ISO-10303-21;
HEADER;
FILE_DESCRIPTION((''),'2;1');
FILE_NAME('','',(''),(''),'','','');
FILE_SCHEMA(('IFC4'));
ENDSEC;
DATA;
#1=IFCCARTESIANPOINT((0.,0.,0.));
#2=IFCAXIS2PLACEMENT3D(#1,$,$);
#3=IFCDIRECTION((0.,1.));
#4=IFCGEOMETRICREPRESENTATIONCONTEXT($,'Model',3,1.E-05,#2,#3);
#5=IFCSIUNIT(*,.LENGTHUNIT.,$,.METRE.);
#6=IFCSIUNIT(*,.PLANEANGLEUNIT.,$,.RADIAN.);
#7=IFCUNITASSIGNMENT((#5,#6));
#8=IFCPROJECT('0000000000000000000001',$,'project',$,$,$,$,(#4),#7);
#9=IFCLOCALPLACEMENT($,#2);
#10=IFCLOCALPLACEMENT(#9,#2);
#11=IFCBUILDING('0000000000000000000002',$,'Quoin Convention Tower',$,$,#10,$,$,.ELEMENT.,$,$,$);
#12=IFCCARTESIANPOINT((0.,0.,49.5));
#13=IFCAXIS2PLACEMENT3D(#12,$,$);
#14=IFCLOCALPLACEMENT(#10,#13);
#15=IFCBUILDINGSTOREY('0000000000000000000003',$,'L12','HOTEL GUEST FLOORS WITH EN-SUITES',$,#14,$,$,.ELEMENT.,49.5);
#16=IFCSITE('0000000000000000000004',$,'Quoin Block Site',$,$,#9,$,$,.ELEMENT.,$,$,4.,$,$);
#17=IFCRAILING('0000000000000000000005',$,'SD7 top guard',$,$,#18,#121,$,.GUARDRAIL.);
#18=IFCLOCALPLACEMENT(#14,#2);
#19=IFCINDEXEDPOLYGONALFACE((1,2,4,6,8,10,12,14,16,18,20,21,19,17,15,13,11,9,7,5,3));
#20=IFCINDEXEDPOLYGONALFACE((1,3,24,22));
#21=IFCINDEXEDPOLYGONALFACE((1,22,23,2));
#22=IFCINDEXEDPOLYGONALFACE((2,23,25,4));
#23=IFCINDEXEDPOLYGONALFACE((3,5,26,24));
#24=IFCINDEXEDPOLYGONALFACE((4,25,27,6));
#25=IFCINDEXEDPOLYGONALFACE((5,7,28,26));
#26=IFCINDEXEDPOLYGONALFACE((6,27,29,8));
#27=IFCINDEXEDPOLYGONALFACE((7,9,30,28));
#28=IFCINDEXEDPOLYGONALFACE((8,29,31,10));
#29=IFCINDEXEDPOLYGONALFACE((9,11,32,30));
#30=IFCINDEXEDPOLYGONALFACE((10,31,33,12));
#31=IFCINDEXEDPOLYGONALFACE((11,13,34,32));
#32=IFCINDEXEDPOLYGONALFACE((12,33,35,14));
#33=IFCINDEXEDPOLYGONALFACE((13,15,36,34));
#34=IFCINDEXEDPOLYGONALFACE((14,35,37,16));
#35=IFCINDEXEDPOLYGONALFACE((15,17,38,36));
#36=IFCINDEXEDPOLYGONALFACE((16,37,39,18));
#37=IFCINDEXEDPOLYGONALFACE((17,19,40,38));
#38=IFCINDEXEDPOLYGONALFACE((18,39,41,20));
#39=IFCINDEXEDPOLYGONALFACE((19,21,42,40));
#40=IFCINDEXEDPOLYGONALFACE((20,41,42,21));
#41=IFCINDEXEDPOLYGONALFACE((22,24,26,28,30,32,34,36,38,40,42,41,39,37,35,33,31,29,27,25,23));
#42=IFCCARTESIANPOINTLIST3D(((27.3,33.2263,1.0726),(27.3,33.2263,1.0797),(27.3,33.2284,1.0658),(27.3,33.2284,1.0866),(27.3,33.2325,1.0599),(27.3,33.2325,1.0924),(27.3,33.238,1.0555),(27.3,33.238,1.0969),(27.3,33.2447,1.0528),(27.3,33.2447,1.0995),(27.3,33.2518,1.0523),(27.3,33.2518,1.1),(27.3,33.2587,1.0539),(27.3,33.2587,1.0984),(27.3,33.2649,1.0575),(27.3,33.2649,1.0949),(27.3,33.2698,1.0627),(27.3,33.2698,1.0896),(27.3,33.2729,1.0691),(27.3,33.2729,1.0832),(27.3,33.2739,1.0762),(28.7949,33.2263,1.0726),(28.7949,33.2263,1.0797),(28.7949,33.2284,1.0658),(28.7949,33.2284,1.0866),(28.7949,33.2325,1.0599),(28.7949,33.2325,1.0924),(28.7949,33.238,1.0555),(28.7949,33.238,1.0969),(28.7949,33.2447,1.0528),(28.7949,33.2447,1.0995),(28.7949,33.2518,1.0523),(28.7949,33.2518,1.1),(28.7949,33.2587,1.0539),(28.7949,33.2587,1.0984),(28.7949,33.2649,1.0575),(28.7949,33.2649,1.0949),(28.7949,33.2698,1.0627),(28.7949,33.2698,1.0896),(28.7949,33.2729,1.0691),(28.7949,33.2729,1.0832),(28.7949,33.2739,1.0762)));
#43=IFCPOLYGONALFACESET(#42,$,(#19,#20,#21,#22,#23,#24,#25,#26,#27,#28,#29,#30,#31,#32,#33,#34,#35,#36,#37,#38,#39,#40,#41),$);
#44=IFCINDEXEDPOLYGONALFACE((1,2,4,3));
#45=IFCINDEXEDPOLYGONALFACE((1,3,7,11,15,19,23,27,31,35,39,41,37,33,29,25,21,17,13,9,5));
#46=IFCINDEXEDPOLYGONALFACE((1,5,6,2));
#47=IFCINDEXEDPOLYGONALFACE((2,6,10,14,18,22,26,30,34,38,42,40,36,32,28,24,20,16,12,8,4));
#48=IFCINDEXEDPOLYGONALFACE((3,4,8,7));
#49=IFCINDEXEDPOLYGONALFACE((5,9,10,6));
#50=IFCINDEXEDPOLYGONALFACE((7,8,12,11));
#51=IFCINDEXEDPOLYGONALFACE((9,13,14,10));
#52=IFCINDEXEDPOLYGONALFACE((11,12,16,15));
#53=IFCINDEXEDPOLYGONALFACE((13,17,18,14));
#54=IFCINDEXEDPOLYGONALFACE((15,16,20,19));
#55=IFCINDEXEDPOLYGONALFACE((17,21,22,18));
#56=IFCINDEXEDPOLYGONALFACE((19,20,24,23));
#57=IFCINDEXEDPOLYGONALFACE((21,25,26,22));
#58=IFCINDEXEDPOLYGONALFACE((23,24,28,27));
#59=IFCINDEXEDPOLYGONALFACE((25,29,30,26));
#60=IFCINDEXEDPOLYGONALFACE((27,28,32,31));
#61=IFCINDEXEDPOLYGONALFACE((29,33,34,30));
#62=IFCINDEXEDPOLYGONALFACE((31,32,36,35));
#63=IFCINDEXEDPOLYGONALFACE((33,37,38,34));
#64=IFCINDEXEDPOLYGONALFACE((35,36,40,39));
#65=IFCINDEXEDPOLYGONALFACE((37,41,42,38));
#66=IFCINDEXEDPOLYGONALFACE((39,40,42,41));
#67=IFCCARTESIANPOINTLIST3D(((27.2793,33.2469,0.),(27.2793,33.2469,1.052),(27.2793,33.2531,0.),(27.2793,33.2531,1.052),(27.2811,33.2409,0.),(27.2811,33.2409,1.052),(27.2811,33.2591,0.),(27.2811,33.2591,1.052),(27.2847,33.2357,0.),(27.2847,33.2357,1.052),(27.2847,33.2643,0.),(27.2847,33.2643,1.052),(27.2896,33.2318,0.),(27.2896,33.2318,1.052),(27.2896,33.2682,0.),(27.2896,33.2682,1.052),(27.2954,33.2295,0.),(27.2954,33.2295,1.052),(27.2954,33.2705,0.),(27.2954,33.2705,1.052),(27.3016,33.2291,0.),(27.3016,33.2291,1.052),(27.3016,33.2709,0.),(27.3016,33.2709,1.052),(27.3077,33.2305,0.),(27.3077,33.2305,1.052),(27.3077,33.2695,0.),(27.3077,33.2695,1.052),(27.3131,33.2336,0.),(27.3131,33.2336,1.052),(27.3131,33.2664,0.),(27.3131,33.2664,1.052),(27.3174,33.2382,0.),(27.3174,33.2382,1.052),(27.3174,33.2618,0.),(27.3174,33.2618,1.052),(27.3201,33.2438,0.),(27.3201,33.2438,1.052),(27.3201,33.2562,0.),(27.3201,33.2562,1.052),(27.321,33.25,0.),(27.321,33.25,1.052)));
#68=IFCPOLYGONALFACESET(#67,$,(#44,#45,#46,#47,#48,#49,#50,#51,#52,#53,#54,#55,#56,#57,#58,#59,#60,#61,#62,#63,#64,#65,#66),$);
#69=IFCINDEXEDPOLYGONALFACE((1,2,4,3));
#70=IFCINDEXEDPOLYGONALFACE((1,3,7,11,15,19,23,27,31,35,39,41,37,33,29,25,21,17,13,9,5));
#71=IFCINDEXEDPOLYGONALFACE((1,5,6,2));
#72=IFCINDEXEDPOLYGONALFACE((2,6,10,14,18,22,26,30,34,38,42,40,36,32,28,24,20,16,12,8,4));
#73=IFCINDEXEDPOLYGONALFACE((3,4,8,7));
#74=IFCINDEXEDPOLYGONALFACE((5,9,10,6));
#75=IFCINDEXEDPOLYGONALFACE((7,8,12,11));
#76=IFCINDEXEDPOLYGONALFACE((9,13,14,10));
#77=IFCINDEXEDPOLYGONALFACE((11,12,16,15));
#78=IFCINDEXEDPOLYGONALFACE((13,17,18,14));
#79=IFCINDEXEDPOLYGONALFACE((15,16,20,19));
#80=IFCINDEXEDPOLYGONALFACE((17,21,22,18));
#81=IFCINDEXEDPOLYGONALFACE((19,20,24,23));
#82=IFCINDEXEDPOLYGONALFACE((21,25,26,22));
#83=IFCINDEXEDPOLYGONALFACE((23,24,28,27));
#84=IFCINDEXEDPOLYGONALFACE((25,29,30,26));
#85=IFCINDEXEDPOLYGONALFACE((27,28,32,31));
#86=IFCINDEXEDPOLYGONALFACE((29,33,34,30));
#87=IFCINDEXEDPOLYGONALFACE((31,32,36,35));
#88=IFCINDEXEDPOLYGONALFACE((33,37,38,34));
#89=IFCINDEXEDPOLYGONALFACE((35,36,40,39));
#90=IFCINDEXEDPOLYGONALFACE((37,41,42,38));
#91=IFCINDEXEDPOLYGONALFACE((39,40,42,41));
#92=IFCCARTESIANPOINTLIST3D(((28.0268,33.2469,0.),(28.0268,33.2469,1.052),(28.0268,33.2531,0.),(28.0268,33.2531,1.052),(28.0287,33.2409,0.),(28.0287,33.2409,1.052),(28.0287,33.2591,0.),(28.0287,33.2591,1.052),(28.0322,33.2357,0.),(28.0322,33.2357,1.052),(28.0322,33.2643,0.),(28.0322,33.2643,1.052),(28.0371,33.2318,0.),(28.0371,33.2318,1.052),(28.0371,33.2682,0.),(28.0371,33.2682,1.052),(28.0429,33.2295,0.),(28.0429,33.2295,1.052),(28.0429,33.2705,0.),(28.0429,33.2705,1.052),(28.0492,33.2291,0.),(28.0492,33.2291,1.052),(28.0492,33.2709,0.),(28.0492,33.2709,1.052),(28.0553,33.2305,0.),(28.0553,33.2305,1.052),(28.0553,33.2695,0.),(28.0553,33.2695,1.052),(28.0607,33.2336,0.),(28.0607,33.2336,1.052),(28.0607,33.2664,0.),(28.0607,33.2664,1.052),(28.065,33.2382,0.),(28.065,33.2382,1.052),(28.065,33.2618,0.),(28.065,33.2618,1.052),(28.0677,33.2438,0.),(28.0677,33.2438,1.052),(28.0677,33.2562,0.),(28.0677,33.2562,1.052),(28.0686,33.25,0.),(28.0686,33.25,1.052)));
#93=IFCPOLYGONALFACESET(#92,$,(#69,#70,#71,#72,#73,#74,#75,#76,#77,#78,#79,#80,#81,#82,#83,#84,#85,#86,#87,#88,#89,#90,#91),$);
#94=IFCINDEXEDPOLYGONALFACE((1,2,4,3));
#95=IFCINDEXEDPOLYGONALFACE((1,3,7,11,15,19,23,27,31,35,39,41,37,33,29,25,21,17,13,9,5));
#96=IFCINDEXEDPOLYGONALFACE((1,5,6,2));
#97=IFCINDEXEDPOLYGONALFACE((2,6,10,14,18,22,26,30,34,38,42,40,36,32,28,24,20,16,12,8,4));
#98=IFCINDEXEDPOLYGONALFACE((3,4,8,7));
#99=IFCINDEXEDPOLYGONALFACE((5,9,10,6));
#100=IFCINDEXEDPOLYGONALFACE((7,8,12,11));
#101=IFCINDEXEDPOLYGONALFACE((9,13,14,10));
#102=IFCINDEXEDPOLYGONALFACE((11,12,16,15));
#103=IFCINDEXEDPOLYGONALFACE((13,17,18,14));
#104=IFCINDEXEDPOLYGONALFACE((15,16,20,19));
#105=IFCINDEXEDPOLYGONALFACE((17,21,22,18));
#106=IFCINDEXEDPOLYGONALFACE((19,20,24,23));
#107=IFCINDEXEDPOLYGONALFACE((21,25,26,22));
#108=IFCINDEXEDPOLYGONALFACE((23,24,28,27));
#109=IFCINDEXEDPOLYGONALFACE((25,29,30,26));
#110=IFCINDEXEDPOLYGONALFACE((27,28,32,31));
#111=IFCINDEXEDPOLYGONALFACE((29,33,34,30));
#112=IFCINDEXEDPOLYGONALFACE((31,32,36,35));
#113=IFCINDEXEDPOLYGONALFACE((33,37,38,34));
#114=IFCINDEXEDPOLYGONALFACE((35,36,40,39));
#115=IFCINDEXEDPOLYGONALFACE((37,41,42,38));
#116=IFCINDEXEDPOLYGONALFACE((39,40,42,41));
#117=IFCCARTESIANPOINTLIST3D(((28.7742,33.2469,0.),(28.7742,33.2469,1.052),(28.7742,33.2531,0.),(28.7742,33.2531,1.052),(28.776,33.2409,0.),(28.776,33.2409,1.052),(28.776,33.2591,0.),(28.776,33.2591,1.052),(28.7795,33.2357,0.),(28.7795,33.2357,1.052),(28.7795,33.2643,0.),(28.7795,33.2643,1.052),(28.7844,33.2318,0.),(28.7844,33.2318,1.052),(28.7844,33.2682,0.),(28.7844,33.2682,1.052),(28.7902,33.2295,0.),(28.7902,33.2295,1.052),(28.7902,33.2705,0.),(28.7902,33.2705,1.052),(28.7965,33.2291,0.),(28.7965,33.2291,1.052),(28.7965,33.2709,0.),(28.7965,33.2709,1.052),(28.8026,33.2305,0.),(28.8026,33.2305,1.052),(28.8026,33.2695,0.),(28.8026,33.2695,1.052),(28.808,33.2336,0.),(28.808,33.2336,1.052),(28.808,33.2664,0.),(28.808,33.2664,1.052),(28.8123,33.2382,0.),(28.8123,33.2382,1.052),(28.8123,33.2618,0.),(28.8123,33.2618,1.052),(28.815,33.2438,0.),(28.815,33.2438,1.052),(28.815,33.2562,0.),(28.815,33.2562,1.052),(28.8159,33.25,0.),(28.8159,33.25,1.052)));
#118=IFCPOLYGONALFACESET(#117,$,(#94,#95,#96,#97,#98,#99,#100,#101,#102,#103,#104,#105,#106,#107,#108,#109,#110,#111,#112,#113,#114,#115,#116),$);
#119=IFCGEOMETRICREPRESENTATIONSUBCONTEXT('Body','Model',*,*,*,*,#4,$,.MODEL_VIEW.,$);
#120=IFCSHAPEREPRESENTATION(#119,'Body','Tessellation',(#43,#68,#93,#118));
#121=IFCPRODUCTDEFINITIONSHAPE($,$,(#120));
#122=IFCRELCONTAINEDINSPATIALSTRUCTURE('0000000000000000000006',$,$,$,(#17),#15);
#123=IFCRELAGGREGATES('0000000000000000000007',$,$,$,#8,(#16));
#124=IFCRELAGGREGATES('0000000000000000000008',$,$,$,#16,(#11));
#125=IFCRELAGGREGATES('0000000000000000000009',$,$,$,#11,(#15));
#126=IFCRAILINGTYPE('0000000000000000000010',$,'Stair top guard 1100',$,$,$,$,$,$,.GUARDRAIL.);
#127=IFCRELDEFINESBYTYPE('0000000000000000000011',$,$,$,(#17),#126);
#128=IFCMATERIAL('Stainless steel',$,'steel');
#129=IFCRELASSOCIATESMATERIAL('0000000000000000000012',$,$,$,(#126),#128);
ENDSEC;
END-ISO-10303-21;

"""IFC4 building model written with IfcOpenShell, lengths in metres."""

from ifc_helpers import new_model, si_unit, direction, frame, origin, origin_2d, place, context, subcontext, project, spatial, circle, extrude, material, type_object, element, save


model = new_model("IFC4")

# Units and contexts
model_context = context("Model", 3, precision=1e-05, world=origin(), true_north=direction((0.0, 1.0)))
body_context = subcontext(model_context, "Body", "Model", "MODEL_VIEW")
ifc_project = project(units=[si_unit("LENGTHUNIT", "METRE"), si_unit("PLANEANGLEUNIT", "RADIAN")], contexts=[model_context])

# Site, building, storey
site_placement = place(None, origin())
site = spatial("IfcSite", under=ifc_project, at=site_placement, Name="Quoin Block Site", CompositionType="ELEMENT", RefElevation=4.0)
building_placement = place(site_placement, origin())
building = spatial("IfcBuilding", under=site, at=building_placement, Name="Quoin Convention Tower", CompositionType="ELEMENT")
storey_placement = place(building_placement, frame((0.0, 0.0, 49.5)))
storey = spatial("IfcBuildingStorey", under=building, at=storey_placement, Name="L12", Description="HOTEL GUEST FLOORS WITH EN-SUITES", CompositionType="ELEMENT", Elevation=49.5)

# Railing
ifc_material_1 = material(Name="Stainless steel", Category="steel")
railing_type_1 = type_object("IfcRailingType", Name="Stair top guard 1100", PredefinedType="GUARDRAIL", material=ifc_material_1)
railing_1_placement = place(storey_placement, frame((27.3, 33.25, 0.0)))
element("IfcRailing", 1, at=railing_1_placement, inside=storey, type_object=railing_type_1, Name="SD7 top guard", PredefinedType="GUARDRAIL", context=body_context, shape_type="SweptSolid", body=[
    extrude(circle(Radius=0.0239, at=origin_2d()), frame((0.0, 0.0, 1.0762), z_axis=(1.0, 0.0, 0.0), x_axis=(0.0, 1.0, 0.0)), (0.0, 0.0, 1.0), 1.4949),
    extrude(circle(Radius=0.021, at=origin_2d()), origin(), (0.0, 0.0, 1.0), 1.052),
    extrude(circle(Radius=0.021, at=origin_2d()), frame((0.7476, 0.0, 0.0)), (0.0, 0.0, 1.0), 1.052),
    extrude(circle(Radius=0.021, at=origin_2d()), frame((1.4949, 0.0, 0.0)), (0.0, 0.0, 1.0), 1.052),
])

save(model, "model.ifc")
